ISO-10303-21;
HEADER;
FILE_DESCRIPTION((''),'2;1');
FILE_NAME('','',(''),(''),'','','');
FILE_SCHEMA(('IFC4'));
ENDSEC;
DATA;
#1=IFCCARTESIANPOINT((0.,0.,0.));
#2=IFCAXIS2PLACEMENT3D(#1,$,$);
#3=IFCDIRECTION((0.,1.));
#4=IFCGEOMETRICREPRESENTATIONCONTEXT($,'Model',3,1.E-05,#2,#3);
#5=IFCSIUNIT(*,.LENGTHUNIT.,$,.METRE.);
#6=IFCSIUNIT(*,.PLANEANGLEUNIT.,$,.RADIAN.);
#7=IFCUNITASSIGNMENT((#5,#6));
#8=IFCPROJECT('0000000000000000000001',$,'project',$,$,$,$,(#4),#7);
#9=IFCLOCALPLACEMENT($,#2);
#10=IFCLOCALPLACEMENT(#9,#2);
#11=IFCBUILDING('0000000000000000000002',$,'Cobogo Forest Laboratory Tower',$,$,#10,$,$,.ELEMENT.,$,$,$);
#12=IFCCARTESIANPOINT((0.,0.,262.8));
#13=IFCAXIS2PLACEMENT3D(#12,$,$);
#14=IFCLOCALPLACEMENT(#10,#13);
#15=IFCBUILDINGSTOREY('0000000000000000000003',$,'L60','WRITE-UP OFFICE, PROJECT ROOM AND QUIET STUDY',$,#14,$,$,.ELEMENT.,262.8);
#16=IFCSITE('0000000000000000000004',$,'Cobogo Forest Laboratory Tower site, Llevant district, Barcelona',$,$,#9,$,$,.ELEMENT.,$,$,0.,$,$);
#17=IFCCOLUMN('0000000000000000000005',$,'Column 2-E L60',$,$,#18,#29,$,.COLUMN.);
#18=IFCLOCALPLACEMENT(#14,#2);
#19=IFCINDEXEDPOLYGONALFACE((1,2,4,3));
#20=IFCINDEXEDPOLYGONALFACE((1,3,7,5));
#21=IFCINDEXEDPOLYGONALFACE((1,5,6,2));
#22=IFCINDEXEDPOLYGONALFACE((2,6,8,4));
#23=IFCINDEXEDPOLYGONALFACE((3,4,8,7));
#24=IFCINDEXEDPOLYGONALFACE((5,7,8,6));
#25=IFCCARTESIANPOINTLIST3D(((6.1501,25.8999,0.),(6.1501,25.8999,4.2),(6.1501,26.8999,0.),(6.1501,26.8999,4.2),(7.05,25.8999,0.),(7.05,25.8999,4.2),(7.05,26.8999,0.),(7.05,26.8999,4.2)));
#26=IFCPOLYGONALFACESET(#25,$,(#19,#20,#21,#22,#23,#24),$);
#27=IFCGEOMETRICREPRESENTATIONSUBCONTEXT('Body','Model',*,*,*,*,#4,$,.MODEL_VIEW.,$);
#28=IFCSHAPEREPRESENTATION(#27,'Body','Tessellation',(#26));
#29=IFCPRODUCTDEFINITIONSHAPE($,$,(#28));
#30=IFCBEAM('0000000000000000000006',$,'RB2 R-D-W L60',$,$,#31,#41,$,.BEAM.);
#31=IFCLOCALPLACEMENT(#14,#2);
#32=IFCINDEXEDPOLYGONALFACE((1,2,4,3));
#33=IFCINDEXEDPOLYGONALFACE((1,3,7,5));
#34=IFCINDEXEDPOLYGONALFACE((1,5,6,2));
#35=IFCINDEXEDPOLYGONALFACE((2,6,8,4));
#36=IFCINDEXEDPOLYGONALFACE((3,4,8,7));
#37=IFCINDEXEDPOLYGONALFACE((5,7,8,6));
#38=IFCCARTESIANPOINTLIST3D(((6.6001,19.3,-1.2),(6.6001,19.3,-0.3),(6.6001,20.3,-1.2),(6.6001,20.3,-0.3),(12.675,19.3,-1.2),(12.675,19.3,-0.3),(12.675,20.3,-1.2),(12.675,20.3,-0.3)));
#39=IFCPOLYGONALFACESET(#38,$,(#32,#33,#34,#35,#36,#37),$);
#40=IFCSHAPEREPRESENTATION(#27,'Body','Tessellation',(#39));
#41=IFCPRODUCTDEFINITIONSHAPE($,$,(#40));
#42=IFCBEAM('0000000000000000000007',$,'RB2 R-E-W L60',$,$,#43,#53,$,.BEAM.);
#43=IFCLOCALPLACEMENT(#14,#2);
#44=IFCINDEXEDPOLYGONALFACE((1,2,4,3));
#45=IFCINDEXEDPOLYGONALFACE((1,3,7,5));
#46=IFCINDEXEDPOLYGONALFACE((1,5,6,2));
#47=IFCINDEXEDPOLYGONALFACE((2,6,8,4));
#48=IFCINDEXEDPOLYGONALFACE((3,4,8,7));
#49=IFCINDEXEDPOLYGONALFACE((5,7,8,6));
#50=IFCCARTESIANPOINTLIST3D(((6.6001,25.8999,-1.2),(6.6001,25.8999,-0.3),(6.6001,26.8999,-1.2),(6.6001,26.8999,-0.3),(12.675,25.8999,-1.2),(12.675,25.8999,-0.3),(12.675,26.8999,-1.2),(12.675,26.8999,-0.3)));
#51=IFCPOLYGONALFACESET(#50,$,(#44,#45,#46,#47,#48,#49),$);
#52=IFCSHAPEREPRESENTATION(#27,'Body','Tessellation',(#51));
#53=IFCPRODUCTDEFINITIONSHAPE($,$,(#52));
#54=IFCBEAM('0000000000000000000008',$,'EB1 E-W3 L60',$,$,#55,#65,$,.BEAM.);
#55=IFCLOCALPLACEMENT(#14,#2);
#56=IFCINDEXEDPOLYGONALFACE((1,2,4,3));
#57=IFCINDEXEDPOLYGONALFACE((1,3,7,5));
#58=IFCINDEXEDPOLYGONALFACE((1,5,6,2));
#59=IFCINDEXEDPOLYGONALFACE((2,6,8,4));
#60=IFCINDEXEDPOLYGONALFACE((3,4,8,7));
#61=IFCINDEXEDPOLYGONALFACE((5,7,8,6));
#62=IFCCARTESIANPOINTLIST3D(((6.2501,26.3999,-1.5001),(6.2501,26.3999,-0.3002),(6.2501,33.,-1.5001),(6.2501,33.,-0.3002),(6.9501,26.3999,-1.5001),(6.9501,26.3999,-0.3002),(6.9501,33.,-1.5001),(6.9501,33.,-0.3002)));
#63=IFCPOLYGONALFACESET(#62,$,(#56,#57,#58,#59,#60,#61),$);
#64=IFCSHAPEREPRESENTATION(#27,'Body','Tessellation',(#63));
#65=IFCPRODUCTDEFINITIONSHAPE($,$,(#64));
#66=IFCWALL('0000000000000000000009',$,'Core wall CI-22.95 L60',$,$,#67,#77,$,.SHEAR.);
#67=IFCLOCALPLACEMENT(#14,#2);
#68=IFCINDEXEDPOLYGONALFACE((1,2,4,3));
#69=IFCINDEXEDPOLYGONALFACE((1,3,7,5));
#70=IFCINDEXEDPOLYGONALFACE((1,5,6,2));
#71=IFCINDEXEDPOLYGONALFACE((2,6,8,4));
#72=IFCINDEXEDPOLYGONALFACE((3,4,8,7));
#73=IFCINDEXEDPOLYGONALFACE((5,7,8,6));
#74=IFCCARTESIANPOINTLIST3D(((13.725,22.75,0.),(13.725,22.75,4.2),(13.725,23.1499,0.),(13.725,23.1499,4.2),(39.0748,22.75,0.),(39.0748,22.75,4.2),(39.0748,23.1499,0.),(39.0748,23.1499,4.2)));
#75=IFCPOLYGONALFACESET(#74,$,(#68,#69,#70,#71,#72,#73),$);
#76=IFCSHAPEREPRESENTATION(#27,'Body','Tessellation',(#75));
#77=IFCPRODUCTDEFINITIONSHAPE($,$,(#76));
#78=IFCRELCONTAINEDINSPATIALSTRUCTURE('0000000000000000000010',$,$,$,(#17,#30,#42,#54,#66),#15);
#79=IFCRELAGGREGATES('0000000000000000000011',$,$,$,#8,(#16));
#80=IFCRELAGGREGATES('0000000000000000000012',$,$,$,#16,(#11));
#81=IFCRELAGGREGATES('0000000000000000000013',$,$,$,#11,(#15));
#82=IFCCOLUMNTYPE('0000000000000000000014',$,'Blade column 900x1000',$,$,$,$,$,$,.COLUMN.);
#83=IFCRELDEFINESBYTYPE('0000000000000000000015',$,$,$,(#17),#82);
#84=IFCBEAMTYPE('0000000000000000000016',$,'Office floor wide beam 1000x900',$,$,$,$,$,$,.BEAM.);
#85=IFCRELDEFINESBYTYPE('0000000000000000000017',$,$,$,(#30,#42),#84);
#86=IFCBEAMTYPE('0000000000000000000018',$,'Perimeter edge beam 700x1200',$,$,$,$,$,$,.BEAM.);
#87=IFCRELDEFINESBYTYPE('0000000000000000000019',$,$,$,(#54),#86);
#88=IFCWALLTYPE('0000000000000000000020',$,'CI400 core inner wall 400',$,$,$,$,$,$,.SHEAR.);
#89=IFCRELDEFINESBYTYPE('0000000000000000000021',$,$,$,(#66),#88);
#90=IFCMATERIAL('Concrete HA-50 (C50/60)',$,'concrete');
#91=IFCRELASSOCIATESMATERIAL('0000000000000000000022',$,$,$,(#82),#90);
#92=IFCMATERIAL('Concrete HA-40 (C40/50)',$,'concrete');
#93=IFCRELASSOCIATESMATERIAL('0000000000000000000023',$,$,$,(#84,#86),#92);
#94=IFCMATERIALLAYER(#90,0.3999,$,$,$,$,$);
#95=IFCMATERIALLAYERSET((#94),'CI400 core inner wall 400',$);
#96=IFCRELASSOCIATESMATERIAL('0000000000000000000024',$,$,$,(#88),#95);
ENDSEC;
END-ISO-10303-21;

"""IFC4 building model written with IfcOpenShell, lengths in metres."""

from ifc_helpers import new_model, si_unit, direction, frame, frame_2d, origin, origin_2d, place, context, subcontext, project, spatial, rectangle, extrude, material, layer, layer_set, material_profile, profile_set, type_object, element, save


model = new_model("IFC4")

# Units and contexts
model_context = context("Model", 3, precision=1e-05, world=origin(), true_north=direction((0.0, 1.0)))
body_context = subcontext(model_context, "Body", "Model", "MODEL_VIEW")
ifc_project = project(units=[si_unit("LENGTHUNIT", "METRE"), si_unit("PLANEANGLEUNIT", "RADIAN")], contexts=[model_context])

# Site, building, storey
site_placement = place(None, origin())
site = spatial("IfcSite", under=ifc_project, at=site_placement, Name="Cobogo Forest Laboratory Tower site, Llevant district, Barcelona", CompositionType="ELEMENT", RefElevation=0.0)
building_placement = place(site_placement, origin())
building = spatial("IfcBuilding", under=site, at=building_placement, Name="Cobogo Forest Laboratory Tower", CompositionType="ELEMENT")
storey_placement = place(building_placement, frame((0.0, 0.0, 262.8)))
storey = spatial("IfcBuildingStorey", under=building, at=storey_placement, Name="L60", Description="WRITE-UP OFFICE, PROJECT ROOM AND QUIET STUDY", CompositionType="ELEMENT", Elevation=262.8)

# Column
ifc_material_1 = material(Name="Concrete HA-50 (C50/60)", Category="concrete")
ifc_material_profile_1 = material_profile(ifc_material_1, rectangle(XDim=1.0, YDim=0.8999, at=origin_2d()), Name="RC 900x1000")
ifc_profile_set_1 = profile_set([ifc_material_profile_1], Name="Concrete HA-50 (C50/60)")
column_type = type_object("IfcColumnType", Name="Blade column 900x1000", PredefinedType="COLUMN", material=ifc_profile_set_1)
column_placement = place(storey_placement, frame((6.6001, 26.3999, 0.0), z_axis=(0.0, 0.0, 1.0), x_axis=(0.0, 1.0, 0.0)))
element("IfcColumn", 1, at=column_placement, inside=storey, type_object=column_type, Name="Column 2-E L60", PredefinedType="COLUMN", context=body_context, shape_type="SweptSolid", body=[
    extrude(rectangle(XDim=1.0, YDim=0.8999, at=origin_2d()), origin(), (0.0, 0.0, 1.0), 4.2),
])

# Beams
ifc_material_2 = material(Name="Concrete HA-40 (C40/50)", Category="concrete")
ifc_material_profile_2 = material_profile(ifc_material_2, rectangle(XDim=1.0, YDim=0.8999, at=origin_2d()), Name="RC 1000x900")
ifc_profile_set_2 = profile_set([ifc_material_profile_2], Name="Concrete HA-40 (C40/50)")
beam_type_1 = type_object("IfcBeamType", Name="Office floor wide beam 1000x900", PredefinedType="BEAM", material=ifc_profile_set_2)
for number, where, z_axis, x_axis, name in (
    (2, (12.675, 19.8, -0.75), (-1.0, 0.0, 0.0), (0.0, -1.0, 0.0), "RB2 R-D-W L60"),
    (3, (12.675, 26.3999, -0.75), (-1.0, 0.0, 0.0), (0.0, -1.0, 0.0), "RB2 R-E-W L60"),
):
    element("IfcBeam", number, at=place(storey_placement, frame(where, z_axis=z_axis, x_axis=x_axis)), inside=storey, type_object=beam_type_1, Name=name, PredefinedType="BEAM", context=body_context, shape_type="SweptSolid", body=[
        extrude(rectangle(XDim=1.0, YDim=0.8999, at=origin_2d()), origin(), (0.0, 0.0, 1.0), 6.075),
    ])
ifc_material_profile_3 = material_profile(ifc_material_2, rectangle(XDim=0.7, YDim=1.2, at=origin_2d()), Name="RC 700x1200")
ifc_profile_set_3 = profile_set([ifc_material_profile_3], Name="Concrete HA-40 (C40/50)")
beam_type_2 = type_object("IfcBeamType", Name="Perimeter edge beam 700x1200", PredefinedType="BEAM", material=ifc_profile_set_3)
beam_placement = place(storey_placement, frame((6.6001, 26.3999, -0.9001), z_axis=(0.0, 1.0, 0.0), x_axis=(-1.0, 0.0, 0.0)))
element("IfcBeam", 4, at=beam_placement, inside=storey, type_object=beam_type_2, Name="EB1 E-W3 L60", PredefinedType="BEAM", context=body_context, shape_type="SweptSolid", body=[
    extrude(rectangle(XDim=0.7, YDim=1.2, at=origin_2d()), origin(), (0.0, 0.0, 1.0), 6.6001),
])

# Wall
ifc_layer_1 = layer(ifc_material_1, 0.3999)
ifc_layer_set_1 = layer_set([ifc_layer_1], Name="CI400 core inner wall 400")
wall_type_1 = type_object("IfcWallType", Name="CI400 core inner wall 400", PredefinedType="SHEAR", material=ifc_layer_set_1)
wall_1_placement = place(storey_placement, frame((13.7251, 22.95, 0.0), z_axis=(0.0, 0.0, 1.0), x_axis=(1.0, 0.0, 0.0)))
element("IfcWall", 5, at=wall_1_placement, inside=storey, type_object=wall_type_1, Name="Core wall CI-22.95 L60", PredefinedType="SHEAR", context=body_context, shape_type="SweptSolid", body=[
    extrude(rectangle(XDim=25.3499, YDim=0.3999, at=frame_2d((12.6748, 0.0))), origin(), (0.0, 0.0, 1.0), 4.2),
])

save(model, "model.ifc")
